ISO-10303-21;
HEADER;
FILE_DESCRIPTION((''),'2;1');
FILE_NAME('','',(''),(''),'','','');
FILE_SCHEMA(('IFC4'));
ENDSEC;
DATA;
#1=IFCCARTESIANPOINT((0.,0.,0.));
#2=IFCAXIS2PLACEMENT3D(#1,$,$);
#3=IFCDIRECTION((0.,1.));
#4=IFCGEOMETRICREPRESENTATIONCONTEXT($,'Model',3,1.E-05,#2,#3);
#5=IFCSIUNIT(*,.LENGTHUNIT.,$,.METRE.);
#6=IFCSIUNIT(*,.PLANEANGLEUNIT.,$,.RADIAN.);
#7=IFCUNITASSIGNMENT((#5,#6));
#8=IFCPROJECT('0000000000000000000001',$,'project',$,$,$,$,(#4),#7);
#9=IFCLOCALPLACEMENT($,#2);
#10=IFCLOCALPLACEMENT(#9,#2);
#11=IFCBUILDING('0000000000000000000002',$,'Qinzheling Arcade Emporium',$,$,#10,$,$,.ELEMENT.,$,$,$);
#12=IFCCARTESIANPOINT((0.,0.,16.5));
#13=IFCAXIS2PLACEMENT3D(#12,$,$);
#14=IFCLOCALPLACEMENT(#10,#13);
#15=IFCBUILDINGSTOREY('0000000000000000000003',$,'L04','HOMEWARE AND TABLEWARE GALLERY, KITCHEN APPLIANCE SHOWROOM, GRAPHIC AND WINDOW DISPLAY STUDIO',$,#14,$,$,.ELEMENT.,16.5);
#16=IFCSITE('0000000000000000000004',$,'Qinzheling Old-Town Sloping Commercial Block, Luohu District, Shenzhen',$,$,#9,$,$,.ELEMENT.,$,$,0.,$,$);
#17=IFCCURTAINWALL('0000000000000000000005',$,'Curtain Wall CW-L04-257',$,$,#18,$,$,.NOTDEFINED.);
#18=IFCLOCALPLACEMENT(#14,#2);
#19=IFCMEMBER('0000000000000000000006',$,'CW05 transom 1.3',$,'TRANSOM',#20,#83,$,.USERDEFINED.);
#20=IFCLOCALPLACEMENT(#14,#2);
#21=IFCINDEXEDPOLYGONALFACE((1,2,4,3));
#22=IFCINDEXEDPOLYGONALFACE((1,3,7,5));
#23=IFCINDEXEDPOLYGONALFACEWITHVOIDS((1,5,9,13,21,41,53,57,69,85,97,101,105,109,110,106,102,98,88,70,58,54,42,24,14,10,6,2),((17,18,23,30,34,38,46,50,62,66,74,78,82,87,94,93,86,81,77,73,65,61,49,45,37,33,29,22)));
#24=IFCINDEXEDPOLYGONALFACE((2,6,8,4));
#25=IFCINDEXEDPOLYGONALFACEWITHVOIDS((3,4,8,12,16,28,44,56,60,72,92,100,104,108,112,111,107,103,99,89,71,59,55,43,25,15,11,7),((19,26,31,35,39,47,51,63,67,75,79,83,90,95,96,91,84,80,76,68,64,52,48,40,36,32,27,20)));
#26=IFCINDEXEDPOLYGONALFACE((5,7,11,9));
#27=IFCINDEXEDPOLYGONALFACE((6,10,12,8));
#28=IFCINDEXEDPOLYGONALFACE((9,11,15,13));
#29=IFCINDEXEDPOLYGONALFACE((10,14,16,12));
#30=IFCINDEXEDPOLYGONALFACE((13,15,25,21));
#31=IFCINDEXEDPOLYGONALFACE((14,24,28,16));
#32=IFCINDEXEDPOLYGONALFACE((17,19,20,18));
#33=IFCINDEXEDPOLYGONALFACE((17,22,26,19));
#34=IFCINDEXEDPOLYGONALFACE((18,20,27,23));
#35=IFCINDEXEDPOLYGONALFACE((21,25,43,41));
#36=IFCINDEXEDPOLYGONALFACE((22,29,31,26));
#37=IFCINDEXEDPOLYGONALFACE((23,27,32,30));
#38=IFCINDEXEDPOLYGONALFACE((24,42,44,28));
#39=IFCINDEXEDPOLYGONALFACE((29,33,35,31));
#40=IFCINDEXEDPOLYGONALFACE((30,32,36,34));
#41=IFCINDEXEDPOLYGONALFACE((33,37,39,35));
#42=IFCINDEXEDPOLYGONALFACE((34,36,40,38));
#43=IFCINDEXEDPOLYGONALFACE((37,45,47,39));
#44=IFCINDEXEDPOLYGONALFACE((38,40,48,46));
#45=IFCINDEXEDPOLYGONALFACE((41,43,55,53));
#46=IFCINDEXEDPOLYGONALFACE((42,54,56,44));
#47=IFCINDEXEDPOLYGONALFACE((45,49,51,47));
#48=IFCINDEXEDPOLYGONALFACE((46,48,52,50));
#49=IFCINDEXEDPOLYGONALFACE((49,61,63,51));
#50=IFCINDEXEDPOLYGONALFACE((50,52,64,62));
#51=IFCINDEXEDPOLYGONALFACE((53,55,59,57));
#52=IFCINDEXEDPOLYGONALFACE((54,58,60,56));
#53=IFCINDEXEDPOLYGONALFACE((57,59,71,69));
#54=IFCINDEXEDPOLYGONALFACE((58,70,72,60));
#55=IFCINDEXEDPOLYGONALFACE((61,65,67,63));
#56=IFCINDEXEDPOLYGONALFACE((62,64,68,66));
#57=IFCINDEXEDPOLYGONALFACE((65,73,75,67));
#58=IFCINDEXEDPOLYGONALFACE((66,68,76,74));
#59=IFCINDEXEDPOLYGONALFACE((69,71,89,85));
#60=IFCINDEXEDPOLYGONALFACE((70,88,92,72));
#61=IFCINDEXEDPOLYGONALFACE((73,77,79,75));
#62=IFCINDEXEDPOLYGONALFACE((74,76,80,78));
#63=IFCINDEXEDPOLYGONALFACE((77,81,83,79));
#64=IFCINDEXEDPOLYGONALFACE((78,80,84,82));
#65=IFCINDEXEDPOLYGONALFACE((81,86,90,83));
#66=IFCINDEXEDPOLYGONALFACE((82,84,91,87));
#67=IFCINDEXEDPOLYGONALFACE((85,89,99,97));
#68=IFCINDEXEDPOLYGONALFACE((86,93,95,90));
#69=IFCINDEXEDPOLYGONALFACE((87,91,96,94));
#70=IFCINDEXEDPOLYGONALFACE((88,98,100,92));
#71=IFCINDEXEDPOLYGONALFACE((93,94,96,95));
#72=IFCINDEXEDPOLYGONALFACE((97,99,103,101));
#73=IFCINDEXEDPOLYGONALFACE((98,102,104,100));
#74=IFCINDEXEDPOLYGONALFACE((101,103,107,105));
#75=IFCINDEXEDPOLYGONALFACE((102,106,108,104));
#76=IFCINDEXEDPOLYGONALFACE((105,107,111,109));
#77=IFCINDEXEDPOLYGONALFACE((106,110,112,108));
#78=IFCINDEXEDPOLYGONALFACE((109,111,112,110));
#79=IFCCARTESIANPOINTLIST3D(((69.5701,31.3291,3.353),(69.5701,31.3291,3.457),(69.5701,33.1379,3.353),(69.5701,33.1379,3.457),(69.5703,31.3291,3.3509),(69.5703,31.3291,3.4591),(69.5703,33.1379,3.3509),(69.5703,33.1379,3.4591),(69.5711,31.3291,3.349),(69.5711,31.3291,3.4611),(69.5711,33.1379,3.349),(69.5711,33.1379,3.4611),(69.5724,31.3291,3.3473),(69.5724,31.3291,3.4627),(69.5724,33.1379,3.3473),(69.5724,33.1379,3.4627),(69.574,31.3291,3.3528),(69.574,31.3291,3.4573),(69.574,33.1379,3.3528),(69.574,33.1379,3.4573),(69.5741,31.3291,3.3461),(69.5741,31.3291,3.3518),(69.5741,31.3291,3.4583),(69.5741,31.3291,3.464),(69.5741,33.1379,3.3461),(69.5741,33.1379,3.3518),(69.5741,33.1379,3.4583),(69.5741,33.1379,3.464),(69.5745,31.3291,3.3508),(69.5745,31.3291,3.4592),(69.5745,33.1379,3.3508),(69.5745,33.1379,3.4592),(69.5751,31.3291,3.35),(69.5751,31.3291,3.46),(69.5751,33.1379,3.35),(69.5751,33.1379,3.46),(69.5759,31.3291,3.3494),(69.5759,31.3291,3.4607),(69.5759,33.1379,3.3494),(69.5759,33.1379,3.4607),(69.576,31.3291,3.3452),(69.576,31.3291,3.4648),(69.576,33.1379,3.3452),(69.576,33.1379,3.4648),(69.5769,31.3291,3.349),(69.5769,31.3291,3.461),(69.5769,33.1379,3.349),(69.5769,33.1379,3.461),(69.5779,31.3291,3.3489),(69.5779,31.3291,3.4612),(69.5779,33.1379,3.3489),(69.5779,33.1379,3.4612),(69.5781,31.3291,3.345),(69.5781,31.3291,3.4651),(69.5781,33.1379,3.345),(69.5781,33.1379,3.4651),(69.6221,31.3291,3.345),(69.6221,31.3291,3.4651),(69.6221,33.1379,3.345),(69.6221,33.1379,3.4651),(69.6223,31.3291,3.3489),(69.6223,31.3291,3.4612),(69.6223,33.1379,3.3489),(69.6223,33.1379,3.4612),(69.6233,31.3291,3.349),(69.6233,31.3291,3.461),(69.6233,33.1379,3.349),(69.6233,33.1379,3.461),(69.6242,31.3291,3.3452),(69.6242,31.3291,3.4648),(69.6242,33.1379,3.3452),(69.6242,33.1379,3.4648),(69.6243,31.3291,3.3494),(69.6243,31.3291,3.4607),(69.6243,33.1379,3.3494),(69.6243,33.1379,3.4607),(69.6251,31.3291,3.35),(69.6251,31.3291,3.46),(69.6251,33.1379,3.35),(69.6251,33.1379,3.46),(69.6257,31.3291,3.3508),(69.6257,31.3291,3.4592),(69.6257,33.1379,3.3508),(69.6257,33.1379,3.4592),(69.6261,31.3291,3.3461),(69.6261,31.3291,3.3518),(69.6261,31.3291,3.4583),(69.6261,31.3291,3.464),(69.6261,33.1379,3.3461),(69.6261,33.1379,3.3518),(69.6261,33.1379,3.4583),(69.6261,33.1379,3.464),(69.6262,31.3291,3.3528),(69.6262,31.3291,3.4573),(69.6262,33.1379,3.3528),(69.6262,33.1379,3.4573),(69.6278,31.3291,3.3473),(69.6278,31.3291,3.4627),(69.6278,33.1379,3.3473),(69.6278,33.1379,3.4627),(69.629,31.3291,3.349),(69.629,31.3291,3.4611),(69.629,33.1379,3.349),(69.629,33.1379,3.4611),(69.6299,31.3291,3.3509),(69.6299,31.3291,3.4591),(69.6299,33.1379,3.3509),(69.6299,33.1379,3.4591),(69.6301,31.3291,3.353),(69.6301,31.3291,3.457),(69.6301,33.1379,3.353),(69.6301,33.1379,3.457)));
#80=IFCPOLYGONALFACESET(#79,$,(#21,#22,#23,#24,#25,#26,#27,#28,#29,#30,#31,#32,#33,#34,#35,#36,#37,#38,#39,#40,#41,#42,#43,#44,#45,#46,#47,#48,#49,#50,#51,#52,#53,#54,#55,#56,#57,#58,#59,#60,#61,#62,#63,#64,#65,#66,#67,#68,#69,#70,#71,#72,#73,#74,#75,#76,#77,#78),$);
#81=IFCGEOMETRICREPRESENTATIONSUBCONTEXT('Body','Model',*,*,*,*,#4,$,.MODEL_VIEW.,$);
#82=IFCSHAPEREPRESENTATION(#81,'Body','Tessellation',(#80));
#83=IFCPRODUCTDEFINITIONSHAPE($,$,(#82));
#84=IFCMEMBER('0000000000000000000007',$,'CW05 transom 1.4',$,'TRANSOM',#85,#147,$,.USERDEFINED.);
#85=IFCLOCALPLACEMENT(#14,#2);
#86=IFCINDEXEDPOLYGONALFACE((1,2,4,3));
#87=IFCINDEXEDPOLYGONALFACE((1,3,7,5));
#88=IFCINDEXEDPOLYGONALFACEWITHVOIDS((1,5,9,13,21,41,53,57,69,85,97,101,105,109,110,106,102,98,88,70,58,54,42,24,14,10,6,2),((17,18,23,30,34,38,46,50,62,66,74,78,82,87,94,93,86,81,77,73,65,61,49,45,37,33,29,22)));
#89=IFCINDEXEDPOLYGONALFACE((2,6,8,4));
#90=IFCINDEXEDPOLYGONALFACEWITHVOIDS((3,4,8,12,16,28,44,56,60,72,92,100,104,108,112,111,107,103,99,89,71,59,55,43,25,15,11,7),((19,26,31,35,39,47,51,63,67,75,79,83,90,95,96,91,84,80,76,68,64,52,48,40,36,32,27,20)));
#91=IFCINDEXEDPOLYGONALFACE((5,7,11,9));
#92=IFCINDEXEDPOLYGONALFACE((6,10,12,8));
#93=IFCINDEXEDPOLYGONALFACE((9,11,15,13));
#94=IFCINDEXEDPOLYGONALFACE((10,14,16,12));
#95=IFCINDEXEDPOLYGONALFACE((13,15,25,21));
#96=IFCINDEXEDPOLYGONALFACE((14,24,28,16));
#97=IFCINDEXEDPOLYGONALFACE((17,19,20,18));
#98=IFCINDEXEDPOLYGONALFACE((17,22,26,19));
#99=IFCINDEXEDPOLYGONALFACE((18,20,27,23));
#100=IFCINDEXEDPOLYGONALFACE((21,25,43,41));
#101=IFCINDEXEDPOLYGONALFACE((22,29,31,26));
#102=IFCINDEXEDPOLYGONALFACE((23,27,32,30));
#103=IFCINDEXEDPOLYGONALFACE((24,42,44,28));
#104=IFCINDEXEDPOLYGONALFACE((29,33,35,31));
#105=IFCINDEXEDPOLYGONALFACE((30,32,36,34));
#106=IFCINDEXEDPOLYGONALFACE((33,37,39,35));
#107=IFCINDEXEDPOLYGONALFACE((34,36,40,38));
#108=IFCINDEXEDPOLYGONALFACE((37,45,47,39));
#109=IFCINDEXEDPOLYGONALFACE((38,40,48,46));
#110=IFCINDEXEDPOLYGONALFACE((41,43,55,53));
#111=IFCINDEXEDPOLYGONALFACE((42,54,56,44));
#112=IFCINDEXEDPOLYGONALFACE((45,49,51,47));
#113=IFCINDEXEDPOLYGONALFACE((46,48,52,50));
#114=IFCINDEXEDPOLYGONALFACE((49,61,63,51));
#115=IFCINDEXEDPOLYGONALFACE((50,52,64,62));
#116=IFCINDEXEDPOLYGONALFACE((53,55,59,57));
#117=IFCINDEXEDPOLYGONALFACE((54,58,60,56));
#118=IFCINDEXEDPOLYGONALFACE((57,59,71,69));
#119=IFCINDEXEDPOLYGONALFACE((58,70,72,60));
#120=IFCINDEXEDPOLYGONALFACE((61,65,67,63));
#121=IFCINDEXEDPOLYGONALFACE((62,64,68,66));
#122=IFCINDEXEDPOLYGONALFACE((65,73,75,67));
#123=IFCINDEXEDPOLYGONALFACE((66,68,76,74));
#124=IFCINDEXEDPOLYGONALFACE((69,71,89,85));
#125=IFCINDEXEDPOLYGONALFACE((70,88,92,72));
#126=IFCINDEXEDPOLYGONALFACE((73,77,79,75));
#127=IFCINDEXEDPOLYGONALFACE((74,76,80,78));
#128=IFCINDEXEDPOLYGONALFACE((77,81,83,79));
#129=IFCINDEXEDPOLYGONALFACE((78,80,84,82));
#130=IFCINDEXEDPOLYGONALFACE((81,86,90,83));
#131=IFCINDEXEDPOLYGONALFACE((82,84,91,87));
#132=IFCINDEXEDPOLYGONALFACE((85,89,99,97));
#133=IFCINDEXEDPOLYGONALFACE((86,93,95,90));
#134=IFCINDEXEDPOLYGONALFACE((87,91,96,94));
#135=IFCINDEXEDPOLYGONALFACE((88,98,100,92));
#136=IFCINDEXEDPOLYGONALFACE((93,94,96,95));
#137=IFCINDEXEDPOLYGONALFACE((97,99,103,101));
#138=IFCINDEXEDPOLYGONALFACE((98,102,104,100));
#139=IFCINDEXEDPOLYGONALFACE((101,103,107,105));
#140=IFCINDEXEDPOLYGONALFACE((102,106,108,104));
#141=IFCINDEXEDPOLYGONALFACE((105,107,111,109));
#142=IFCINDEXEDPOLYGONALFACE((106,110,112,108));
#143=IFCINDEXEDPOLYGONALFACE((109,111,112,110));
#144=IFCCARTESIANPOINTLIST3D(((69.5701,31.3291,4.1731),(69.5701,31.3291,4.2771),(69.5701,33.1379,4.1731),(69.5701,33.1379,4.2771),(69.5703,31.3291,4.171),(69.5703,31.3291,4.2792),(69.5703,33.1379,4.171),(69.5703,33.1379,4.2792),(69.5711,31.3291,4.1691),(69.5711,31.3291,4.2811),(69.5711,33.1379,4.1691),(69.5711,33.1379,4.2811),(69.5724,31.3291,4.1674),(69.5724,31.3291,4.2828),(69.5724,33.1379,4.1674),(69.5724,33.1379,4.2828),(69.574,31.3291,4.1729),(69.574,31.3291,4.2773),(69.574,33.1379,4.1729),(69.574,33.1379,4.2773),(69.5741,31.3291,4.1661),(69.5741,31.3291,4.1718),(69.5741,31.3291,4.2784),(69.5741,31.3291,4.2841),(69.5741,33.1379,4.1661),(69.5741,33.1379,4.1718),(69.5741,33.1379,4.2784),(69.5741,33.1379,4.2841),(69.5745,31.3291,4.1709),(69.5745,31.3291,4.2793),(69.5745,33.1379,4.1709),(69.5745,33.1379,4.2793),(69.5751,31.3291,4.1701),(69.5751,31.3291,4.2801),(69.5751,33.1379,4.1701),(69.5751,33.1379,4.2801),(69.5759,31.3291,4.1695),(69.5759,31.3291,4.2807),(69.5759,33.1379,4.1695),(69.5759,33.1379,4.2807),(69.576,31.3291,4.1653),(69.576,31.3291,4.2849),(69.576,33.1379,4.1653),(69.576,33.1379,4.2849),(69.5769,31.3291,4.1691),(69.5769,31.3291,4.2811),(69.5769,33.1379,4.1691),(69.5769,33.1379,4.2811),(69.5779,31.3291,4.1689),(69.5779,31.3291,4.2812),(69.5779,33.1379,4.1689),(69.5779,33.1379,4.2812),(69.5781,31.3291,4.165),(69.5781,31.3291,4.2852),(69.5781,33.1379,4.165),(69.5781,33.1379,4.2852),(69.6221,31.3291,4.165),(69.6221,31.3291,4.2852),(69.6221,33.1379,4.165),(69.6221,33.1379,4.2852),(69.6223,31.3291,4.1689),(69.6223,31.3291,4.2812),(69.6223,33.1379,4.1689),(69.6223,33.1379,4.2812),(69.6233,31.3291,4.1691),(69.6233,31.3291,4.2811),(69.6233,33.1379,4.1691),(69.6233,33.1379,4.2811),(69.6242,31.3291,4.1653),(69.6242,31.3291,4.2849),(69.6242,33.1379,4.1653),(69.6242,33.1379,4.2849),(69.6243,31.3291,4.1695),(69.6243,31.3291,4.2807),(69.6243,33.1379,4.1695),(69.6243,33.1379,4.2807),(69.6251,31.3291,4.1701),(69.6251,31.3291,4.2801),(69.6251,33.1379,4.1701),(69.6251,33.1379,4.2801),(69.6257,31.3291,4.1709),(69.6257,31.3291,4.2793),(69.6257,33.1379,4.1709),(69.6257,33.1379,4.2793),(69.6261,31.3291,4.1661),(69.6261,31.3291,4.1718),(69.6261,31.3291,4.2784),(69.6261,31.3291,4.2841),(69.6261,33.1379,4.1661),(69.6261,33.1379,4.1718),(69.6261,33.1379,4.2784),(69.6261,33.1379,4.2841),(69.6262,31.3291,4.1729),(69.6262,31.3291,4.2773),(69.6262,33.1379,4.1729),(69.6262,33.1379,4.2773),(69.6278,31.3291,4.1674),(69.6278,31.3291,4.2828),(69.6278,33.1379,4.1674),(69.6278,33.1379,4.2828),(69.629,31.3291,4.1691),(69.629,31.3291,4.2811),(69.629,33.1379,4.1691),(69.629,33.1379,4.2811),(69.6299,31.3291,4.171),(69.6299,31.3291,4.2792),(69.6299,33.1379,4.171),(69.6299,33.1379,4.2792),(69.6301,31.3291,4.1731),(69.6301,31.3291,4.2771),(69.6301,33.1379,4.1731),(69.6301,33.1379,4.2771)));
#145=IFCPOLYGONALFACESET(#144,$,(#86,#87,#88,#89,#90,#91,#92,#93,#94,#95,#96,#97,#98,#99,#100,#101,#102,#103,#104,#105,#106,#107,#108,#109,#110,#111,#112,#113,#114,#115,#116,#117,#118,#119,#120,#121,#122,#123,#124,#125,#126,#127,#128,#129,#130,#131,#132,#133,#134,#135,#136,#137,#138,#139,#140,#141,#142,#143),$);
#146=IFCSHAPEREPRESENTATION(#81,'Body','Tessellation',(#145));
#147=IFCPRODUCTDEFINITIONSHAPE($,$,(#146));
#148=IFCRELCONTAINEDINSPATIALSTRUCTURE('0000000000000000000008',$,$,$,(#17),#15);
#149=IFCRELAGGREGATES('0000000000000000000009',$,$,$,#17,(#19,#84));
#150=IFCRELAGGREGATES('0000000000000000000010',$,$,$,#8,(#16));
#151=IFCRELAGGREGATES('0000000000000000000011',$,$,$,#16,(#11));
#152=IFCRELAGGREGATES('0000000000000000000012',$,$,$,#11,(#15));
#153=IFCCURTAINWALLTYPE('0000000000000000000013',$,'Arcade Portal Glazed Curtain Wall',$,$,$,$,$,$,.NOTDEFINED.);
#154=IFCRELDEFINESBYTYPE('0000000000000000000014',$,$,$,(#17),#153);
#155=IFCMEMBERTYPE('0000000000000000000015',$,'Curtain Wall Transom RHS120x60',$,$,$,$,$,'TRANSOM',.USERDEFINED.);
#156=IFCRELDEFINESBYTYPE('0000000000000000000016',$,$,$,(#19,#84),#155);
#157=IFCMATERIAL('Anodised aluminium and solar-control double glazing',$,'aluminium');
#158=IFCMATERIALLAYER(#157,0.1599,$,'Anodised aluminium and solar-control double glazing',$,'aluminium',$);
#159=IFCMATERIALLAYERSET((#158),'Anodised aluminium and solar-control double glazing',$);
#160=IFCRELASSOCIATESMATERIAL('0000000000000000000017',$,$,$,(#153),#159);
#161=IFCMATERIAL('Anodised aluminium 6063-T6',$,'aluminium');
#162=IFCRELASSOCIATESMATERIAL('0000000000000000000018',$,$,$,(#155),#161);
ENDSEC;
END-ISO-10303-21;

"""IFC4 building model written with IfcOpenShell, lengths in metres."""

from ifc_helpers import new_model, si_unit, direction, frame, origin, origin_2d, place, context, subcontext, project, spatial, hollow_rectangle, extrude, material, layer, layer_set, material_profile, profile_set, type_object, element, aggregate, save


model = new_model("IFC4")

# Units and contexts
model_context = context("Model", 3, precision=1e-05, world=origin(), true_north=direction((0.0, 1.0)))
body_context = subcontext(model_context, "Body", "Model", "MODEL_VIEW")
ifc_project = project(units=[si_unit("LENGTHUNIT", "METRE"), si_unit("PLANEANGLEUNIT", "RADIAN")], contexts=[model_context])

# Site, building, storey
site_placement = place(None, origin())
site = spatial("IfcSite", under=ifc_project, at=site_placement, Name="Qinzheling Old-Town Sloping Commercial Block, Luohu District, Shenzhen", CompositionType="ELEMENT", RefElevation=0.0)
building_placement = place(site_placement, origin())
building = spatial("IfcBuilding", under=site, at=building_placement, Name="Qinzheling Arcade Emporium", CompositionType="ELEMENT")
storey_placement = place(building_placement, frame((0.0, 0.0, 16.5)))
storey = spatial("IfcBuildingStorey", under=building, at=storey_placement, Name="L04", Description="HOMEWARE AND TABLEWARE GALLERY, KITCHEN APPLIANCE SHOWROOM, GRAPHIC AND WINDOW DISPLAY STUDIO", CompositionType="ELEMENT", Elevation=16.5)

# Curtain wall
ifc_material_1 = material(Name="Anodised aluminium and solar-control double glazing", Category="aluminium")
ifc_layer_1 = layer(ifc_material_1, 0.1599, Name="Anodised aluminium and solar-control double glazing", Category="aluminium")
ifc_layer_set_1 = layer_set([ifc_layer_1], Name="Anodised aluminium and solar-control double glazing")
curtain_wall_type = type_object("IfcCurtainWallType", Name="Arcade Portal Glazed Curtain Wall", PredefinedType="NOTDEFINED", material=ifc_layer_set_1)
curtain_wall_1_placement = place(storey_placement, origin())
curtain_wall_1 = element("IfcCurtainWall", 1, at=curtain_wall_1_placement, inside=storey, type_object=curtain_wall_type, Name="Curtain Wall CW-L04-257", PredefinedType="NOTDEFINED")
ifc_material_2 = material(Name="Anodised aluminium 6063-T6", Category="aluminium")

# Members
ifc_material_profile_1 = material_profile(ifc_material_2, hollow_rectangle(XDim=0.0601, YDim=0.1201, WallThickness=0.0039, InnerFilletRadius=0.0039, OuterFilletRadius=0.0081, at=origin_2d()), Name="RHS 120x60x4", Category="aluminium")
ifc_profile_set_1 = profile_set([ifc_material_profile_1], Name="Anodised aluminium 6063-T6")
member_type_1 = type_object("IfcMemberType", Name="Curtain Wall Transom RHS120x60", ElementType="TRANSOM", PredefinedType="USERDEFINED", material=ifc_profile_set_1)
member_1_placement = place(storey_placement, frame((69.6001, 33.1379, 3.405), z_axis=(0.0, -1.0, 0.0), x_axis=(1.0, 0.0, 0.0)))
member_1 = element("IfcMember", 2, at=member_1_placement, type_object=member_type_1, Name="CW05 transom 1.3", ObjectType="TRANSOM", PredefinedType="USERDEFINED", context=body_context, shape_type="SweptSolid", body=[
    extrude(hollow_rectangle(XDim=0.0601, YDim=0.1201, WallThickness=0.0039, InnerFilletRadius=0.0039, OuterFilletRadius=0.0081, at=origin_2d()), origin(), (0.0, 0.0, 1.0), 1.8088),
])
member_2_placement = place(storey_placement, frame((69.6001, 33.1379, 4.2251), z_axis=(0.0, -1.0, 0.0), x_axis=(1.0, 0.0, 0.0)))
member_2 = element("IfcMember", 3, at=member_2_placement, type_object=member_type_1, Name="CW05 transom 1.4", ObjectType="TRANSOM", PredefinedType="USERDEFINED", context=body_context, shape_type="SweptSolid", body=[
    extrude(hollow_rectangle(XDim=0.0601, YDim=0.1201, WallThickness=0.0039, InnerFilletRadius=0.0039, OuterFilletRadius=0.0081, at=origin_2d()), origin(), (0.0, 0.0, 1.0), 1.8088),
])

aggregate(curtain_wall_1, [member_1, member_2])

save(model, "model.ifc")
